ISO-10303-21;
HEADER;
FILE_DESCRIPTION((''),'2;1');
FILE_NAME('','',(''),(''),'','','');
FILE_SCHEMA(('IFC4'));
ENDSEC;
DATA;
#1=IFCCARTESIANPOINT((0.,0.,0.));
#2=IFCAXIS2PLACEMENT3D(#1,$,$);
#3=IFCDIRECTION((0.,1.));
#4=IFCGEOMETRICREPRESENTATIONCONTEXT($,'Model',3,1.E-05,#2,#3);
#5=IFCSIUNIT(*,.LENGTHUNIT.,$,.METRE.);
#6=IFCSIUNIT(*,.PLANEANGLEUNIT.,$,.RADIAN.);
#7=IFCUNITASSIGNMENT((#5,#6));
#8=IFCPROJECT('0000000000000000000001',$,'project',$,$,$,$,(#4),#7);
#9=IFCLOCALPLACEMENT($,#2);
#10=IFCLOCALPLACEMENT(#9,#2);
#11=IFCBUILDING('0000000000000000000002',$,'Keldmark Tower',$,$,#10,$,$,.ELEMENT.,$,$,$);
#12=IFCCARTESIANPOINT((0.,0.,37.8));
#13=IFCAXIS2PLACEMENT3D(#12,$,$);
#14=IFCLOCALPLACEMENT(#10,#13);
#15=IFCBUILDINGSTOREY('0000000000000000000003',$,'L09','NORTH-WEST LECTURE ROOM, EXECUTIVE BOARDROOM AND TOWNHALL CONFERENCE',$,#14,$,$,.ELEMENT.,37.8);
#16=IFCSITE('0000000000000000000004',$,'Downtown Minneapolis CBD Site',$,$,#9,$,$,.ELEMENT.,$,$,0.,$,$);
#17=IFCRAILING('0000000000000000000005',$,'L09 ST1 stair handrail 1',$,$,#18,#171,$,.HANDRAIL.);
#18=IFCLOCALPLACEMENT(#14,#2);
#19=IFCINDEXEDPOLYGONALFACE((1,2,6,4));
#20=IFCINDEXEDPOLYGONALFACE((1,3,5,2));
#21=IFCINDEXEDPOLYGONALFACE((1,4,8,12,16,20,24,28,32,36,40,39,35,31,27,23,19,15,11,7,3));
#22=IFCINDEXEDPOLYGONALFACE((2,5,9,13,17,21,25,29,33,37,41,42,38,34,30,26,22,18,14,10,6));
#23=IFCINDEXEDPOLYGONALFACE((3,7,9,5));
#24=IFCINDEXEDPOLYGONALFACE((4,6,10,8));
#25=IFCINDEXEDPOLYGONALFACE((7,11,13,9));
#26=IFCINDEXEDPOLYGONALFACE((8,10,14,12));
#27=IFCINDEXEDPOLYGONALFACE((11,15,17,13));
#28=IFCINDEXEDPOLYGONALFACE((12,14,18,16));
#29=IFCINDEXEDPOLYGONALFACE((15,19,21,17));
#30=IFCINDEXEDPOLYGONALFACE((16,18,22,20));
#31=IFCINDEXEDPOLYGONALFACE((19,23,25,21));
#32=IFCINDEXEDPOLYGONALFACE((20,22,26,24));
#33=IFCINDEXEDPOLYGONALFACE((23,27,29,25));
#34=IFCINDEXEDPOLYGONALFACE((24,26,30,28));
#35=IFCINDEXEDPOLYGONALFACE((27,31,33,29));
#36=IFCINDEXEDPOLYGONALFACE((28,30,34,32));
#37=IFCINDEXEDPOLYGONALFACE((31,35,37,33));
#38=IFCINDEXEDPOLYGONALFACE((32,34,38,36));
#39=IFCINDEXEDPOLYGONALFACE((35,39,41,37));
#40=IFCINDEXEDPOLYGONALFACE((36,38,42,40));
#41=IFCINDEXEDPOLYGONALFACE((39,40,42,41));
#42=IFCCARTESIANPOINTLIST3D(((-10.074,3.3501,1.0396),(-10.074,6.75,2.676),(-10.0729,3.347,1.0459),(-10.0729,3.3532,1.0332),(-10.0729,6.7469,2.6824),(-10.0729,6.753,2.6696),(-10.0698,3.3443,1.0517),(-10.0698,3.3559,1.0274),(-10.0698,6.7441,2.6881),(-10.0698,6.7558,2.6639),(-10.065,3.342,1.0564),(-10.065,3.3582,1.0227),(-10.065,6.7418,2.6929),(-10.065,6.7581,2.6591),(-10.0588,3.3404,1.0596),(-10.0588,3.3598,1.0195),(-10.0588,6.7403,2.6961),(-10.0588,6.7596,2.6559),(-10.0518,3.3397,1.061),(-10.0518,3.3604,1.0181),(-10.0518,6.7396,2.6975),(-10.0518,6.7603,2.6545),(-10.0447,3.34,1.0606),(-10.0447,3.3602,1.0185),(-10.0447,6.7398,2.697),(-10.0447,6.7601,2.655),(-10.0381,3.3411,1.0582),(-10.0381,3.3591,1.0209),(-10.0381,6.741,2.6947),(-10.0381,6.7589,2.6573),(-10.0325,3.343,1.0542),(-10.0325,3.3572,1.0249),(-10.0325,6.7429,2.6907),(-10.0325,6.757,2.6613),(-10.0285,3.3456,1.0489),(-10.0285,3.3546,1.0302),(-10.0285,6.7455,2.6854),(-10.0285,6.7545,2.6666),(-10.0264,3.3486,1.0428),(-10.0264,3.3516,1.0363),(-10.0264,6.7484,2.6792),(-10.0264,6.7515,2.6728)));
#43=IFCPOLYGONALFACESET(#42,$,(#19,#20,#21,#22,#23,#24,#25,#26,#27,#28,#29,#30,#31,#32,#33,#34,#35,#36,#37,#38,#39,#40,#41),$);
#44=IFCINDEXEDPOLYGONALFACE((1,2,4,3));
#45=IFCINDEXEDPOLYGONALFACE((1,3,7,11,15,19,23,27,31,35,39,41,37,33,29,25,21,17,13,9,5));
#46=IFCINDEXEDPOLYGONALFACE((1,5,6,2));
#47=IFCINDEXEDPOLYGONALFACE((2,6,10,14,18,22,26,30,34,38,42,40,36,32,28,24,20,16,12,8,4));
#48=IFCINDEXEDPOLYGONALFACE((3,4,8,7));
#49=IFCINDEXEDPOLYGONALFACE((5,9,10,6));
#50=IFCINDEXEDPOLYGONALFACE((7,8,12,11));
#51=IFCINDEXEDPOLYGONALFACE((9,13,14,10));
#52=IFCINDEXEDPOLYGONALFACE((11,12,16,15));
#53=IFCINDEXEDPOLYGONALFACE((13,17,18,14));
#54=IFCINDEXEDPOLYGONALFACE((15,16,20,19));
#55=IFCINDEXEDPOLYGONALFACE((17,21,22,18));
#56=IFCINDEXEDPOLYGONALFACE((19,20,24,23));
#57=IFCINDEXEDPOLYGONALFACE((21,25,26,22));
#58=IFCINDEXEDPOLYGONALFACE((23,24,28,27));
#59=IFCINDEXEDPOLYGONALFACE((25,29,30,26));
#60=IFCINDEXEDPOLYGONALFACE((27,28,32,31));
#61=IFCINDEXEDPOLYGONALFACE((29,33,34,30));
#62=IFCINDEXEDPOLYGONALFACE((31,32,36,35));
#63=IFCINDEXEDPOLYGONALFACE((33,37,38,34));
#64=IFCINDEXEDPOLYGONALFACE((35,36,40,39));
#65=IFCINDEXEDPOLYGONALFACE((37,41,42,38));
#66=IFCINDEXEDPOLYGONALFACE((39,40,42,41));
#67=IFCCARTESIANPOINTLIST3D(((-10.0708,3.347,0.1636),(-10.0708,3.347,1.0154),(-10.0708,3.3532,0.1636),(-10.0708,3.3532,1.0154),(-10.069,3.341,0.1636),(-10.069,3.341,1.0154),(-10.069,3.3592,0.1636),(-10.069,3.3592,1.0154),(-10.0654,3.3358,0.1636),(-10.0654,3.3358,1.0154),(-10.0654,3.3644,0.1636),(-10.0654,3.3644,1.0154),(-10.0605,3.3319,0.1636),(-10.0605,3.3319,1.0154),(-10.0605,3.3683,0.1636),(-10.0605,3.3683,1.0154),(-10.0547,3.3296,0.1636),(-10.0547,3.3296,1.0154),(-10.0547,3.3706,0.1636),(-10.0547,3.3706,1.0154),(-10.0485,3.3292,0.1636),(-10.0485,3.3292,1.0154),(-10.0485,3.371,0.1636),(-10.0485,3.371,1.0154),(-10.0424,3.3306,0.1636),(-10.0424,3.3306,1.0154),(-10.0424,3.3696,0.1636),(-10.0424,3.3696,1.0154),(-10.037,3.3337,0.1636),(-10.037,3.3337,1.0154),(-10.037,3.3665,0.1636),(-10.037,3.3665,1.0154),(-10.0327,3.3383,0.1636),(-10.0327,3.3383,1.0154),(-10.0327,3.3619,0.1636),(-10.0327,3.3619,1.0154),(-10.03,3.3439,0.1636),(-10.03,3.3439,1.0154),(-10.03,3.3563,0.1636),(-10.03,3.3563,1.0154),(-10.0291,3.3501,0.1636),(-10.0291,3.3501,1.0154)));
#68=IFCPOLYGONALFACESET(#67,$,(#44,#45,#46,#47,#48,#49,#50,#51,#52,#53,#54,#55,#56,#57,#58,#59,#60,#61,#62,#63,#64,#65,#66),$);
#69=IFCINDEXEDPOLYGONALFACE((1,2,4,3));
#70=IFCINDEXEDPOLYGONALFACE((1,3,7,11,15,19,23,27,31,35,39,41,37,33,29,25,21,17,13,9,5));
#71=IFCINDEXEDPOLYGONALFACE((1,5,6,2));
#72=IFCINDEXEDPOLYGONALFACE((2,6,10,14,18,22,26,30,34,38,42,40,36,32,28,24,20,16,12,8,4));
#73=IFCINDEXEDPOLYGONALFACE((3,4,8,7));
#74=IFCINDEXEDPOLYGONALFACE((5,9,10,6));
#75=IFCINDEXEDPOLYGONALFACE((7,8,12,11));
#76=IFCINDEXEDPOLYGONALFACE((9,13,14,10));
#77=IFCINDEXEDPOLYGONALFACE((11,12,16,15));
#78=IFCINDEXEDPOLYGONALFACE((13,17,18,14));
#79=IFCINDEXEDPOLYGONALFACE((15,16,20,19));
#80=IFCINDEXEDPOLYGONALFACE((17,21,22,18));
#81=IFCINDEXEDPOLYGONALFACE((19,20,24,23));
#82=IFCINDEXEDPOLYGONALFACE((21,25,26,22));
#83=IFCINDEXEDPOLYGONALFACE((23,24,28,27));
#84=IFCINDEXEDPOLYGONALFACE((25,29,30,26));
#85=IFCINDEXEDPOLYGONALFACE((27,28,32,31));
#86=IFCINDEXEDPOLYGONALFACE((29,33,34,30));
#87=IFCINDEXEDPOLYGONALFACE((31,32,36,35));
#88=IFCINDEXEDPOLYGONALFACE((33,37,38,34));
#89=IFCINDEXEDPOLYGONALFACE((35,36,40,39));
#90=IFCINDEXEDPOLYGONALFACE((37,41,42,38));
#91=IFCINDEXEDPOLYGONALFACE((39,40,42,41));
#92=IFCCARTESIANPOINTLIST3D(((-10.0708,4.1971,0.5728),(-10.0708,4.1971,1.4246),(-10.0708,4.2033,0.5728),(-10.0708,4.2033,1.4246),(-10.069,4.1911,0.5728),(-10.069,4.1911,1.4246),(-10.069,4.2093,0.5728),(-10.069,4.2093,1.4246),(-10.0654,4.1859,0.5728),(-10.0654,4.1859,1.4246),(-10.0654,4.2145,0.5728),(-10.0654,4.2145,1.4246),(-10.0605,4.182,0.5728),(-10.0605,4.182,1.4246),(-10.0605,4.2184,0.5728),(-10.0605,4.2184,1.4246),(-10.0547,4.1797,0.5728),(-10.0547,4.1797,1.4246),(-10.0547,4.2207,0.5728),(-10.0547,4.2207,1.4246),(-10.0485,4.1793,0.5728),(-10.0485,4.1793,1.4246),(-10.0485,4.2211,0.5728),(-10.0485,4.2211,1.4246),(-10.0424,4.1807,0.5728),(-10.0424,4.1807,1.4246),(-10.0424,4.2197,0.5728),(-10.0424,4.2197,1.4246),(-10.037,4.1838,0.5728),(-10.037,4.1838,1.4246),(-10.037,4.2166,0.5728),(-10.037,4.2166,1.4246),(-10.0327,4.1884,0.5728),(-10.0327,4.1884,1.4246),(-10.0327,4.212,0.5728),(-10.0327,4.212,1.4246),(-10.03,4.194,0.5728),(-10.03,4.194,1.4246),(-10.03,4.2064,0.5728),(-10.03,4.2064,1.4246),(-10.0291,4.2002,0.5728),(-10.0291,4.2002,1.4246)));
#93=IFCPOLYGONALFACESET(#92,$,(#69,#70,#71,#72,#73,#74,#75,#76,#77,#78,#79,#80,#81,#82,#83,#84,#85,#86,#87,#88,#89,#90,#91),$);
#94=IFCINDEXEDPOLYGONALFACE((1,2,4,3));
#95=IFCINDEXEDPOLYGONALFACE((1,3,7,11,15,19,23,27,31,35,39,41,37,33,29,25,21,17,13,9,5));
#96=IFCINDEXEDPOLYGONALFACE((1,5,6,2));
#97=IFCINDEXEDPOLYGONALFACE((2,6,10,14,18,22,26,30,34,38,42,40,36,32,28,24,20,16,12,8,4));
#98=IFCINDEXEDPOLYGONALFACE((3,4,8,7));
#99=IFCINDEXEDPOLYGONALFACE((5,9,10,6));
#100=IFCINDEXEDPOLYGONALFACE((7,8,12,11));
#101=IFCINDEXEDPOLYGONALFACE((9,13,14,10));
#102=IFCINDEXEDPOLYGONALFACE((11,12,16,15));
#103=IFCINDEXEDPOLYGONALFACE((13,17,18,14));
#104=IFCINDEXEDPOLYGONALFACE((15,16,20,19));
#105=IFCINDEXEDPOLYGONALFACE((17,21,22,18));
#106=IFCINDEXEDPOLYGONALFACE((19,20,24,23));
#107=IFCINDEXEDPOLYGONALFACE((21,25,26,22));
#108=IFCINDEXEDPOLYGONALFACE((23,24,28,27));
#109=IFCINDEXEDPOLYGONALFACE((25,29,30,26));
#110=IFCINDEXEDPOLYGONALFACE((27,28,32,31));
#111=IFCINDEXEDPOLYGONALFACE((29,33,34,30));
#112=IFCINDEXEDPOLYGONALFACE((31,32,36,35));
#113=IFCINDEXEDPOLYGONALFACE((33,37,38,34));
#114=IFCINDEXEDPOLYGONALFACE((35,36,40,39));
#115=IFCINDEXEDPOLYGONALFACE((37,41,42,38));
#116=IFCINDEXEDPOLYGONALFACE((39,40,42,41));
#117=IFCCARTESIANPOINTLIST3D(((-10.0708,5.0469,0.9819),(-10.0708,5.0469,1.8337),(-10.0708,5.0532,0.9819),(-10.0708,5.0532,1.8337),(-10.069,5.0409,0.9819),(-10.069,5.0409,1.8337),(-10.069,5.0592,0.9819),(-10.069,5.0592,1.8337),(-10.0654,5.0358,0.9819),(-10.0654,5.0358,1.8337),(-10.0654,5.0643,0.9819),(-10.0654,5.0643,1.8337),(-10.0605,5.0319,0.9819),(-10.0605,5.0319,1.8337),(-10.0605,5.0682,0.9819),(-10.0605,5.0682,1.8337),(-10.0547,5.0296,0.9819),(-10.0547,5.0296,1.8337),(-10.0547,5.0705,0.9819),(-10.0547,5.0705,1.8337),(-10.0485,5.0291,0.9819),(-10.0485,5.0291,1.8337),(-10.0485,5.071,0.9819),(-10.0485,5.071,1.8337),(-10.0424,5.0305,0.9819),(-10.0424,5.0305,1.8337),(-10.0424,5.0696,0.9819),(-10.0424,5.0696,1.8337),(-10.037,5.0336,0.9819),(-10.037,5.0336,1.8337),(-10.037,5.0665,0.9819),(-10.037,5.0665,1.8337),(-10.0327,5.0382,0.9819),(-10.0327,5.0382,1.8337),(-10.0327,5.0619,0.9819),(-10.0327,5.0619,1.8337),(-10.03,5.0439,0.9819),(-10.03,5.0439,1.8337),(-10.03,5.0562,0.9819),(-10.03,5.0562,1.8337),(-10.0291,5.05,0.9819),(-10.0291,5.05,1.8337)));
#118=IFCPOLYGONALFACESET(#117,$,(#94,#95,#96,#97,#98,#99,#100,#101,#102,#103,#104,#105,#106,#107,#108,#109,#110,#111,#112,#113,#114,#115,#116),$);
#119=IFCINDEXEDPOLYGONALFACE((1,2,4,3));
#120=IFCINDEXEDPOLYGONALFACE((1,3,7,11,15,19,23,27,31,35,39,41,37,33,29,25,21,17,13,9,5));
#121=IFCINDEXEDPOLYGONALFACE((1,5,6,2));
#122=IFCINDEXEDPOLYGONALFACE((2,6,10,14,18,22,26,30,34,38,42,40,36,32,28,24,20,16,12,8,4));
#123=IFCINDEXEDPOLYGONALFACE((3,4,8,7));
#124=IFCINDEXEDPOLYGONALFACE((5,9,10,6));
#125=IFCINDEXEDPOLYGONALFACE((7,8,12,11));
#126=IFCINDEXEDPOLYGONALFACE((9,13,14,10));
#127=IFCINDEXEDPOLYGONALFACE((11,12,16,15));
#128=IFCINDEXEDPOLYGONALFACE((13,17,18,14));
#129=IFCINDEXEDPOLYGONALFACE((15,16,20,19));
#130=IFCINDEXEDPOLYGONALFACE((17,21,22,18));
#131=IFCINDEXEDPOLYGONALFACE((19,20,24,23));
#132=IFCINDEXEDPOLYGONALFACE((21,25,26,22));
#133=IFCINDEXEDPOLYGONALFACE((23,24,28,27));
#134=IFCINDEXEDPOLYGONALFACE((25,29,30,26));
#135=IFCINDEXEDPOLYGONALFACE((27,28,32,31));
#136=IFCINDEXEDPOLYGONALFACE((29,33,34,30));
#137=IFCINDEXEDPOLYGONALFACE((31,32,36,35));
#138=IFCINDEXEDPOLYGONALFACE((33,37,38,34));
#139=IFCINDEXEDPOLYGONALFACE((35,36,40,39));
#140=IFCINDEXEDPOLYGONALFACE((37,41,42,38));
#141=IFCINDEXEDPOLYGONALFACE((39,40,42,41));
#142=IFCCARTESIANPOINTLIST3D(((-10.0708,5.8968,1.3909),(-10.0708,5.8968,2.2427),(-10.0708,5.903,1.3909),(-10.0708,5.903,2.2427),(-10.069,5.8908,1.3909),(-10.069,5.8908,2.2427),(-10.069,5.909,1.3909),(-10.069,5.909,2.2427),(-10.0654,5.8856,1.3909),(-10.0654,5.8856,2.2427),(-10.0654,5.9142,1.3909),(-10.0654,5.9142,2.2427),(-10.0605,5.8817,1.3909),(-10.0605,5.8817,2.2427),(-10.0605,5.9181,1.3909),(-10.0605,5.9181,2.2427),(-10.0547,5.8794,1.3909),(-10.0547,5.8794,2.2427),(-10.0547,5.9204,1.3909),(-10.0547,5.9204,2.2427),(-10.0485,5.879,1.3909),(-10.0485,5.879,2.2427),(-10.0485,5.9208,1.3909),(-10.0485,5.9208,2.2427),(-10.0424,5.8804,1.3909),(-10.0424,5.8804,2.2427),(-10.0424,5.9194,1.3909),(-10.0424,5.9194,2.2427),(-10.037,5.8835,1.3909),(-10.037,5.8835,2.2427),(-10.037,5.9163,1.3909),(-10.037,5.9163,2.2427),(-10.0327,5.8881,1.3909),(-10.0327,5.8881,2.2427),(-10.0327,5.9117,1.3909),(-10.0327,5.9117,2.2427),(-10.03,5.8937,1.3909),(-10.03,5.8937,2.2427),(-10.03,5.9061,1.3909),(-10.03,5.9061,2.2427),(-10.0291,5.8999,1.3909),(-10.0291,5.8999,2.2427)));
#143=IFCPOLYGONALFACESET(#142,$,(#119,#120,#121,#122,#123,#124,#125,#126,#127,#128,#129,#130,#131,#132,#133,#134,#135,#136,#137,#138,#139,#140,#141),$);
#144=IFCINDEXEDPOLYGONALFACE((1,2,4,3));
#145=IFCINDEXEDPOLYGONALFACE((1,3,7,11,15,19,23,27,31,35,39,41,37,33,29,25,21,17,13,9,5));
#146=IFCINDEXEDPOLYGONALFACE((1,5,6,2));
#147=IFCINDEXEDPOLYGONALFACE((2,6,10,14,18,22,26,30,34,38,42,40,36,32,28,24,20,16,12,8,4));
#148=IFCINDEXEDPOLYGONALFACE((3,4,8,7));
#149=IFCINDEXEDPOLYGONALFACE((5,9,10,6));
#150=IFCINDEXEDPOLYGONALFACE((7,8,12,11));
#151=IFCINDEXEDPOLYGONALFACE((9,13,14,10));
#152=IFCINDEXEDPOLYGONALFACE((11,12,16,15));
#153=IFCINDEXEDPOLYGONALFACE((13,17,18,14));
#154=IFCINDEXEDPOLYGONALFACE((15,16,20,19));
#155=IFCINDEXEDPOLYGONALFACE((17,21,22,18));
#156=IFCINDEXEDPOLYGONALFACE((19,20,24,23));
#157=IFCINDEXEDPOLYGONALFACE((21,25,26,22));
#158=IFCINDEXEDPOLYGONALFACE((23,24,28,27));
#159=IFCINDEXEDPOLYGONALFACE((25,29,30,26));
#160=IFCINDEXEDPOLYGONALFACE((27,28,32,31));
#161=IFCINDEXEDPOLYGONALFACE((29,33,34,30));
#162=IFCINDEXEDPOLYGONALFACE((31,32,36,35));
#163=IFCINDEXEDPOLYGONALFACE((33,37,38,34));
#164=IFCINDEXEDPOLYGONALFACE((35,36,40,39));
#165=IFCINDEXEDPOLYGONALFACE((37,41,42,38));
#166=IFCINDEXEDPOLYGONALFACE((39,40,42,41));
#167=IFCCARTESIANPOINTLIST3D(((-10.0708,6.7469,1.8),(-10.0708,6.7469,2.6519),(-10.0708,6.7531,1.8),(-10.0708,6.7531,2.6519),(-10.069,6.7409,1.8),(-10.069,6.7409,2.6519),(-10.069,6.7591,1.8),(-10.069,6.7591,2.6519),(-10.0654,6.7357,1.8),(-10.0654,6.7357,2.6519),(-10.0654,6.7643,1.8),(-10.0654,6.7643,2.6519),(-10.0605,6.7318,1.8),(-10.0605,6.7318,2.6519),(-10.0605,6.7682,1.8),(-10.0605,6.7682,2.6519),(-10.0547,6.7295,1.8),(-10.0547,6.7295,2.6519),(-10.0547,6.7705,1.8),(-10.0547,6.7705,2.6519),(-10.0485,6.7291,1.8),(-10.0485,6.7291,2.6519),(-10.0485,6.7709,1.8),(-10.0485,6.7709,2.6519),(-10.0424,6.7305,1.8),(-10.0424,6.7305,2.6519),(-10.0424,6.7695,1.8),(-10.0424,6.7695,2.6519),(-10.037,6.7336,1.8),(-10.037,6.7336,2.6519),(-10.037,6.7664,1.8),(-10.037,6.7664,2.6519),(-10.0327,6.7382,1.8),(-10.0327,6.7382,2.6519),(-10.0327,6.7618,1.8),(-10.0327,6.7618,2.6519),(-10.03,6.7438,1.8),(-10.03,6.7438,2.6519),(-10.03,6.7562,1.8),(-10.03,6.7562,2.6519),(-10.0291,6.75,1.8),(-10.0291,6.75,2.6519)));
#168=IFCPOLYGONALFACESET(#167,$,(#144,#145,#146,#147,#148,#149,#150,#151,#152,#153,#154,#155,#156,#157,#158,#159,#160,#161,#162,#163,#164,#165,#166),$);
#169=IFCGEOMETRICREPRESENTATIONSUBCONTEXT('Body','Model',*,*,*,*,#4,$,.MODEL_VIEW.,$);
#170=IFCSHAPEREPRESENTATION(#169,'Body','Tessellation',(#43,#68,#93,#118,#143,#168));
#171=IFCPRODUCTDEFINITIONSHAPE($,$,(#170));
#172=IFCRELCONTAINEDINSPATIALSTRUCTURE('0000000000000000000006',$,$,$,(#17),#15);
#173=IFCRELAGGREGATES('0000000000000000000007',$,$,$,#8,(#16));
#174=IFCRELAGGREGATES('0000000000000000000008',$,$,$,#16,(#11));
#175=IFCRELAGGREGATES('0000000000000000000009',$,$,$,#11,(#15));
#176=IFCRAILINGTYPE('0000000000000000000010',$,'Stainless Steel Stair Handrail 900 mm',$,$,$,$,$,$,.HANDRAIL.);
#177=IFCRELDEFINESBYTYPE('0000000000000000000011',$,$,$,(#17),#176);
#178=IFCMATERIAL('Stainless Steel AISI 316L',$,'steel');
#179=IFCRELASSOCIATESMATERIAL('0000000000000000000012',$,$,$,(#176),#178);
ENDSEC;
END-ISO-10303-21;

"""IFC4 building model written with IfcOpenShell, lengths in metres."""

from ifc_helpers import new_model, si_unit, direction, frame, origin, origin_2d, place, context, subcontext, project, spatial, circle, extrude, material, type_object, element, save


model = new_model("IFC4")

# Units and contexts
model_context = context("Model", 3, precision=1e-05, world=origin(), true_north=direction((0.0, 1.0)))
body_context = subcontext(model_context, "Body", "Model", "MODEL_VIEW")
ifc_project = project(units=[si_unit("LENGTHUNIT", "METRE"), si_unit("PLANEANGLEUNIT", "RADIAN")], contexts=[model_context])

# Site, building, storey
site_placement = place(None, origin())
site = spatial("IfcSite", under=ifc_project, at=site_placement, Name="Downtown Minneapolis CBD Site", CompositionType="ELEMENT", RefElevation=0.0)
building_placement = place(site_placement, origin())
building = spatial("IfcBuilding", under=site, at=building_placement, Name="Keldmark Tower", CompositionType="ELEMENT")
storey_placement = place(building_placement, frame((0.0, 0.0, 37.8)))
storey = spatial("IfcBuildingStorey", under=building, at=storey_placement, Name="L09", Description="NORTH-WEST LECTURE ROOM, EXECUTIVE BOARDROOM AND TOWNHALL CONFERENCE", CompositionType="ELEMENT", Elevation=37.8)

# Railing
ifc_material_1 = material(Name="Stainless Steel AISI 316L", Category="steel")
railing_type_1 = type_object("IfcRailingType", Name="Stainless Steel Stair Handrail 900 mm", PredefinedType="HANDRAIL", material=ifc_material_1)
railing_1_placement = place(storey_placement, frame((-10.05, 3.3501, 0.1636)))
element("IfcRailing", 1, at=railing_1_placement, inside=storey, type_object=railing_type_1, Name="L09 ST1 stair handrail 1", PredefinedType="HANDRAIL", context=body_context, shape_type="SweptSolid", body=[
    extrude(circle(Radius=0.0239, at=origin_2d()), frame((0.0, 0.0, 0.876), z_axis=(0.0, 0.901055, 0.433705), x_axis=(-1.0, 0.0, 0.0)), (0.0, 0.0, 1.0), 3.7732),
    extrude(circle(Radius=0.021, at=origin_2d()), origin(), (0.0, 0.0, 1.0), 0.8518),
    extrude(circle(Radius=0.021, at=origin_2d()), frame((0.0, 0.8501, 0.4092)), (0.0, 0.0, 1.0), 0.8518),
    extrude(circle(Radius=0.021, at=origin_2d()), frame((0.0, 1.7, 0.8184)), (0.0, 0.0, 1.0), 0.8518),
    extrude(circle(Radius=0.021, at=origin_2d()), frame((0.0, 2.5498, 1.2273)), (0.0, 0.0, 1.0), 0.8518),
    extrude(circle(Radius=0.021, at=origin_2d()), frame((0.0, 3.3999, 1.6365)), (0.0, 0.0, 1.0), 0.8518),
])

save(model, "model.ifc")
